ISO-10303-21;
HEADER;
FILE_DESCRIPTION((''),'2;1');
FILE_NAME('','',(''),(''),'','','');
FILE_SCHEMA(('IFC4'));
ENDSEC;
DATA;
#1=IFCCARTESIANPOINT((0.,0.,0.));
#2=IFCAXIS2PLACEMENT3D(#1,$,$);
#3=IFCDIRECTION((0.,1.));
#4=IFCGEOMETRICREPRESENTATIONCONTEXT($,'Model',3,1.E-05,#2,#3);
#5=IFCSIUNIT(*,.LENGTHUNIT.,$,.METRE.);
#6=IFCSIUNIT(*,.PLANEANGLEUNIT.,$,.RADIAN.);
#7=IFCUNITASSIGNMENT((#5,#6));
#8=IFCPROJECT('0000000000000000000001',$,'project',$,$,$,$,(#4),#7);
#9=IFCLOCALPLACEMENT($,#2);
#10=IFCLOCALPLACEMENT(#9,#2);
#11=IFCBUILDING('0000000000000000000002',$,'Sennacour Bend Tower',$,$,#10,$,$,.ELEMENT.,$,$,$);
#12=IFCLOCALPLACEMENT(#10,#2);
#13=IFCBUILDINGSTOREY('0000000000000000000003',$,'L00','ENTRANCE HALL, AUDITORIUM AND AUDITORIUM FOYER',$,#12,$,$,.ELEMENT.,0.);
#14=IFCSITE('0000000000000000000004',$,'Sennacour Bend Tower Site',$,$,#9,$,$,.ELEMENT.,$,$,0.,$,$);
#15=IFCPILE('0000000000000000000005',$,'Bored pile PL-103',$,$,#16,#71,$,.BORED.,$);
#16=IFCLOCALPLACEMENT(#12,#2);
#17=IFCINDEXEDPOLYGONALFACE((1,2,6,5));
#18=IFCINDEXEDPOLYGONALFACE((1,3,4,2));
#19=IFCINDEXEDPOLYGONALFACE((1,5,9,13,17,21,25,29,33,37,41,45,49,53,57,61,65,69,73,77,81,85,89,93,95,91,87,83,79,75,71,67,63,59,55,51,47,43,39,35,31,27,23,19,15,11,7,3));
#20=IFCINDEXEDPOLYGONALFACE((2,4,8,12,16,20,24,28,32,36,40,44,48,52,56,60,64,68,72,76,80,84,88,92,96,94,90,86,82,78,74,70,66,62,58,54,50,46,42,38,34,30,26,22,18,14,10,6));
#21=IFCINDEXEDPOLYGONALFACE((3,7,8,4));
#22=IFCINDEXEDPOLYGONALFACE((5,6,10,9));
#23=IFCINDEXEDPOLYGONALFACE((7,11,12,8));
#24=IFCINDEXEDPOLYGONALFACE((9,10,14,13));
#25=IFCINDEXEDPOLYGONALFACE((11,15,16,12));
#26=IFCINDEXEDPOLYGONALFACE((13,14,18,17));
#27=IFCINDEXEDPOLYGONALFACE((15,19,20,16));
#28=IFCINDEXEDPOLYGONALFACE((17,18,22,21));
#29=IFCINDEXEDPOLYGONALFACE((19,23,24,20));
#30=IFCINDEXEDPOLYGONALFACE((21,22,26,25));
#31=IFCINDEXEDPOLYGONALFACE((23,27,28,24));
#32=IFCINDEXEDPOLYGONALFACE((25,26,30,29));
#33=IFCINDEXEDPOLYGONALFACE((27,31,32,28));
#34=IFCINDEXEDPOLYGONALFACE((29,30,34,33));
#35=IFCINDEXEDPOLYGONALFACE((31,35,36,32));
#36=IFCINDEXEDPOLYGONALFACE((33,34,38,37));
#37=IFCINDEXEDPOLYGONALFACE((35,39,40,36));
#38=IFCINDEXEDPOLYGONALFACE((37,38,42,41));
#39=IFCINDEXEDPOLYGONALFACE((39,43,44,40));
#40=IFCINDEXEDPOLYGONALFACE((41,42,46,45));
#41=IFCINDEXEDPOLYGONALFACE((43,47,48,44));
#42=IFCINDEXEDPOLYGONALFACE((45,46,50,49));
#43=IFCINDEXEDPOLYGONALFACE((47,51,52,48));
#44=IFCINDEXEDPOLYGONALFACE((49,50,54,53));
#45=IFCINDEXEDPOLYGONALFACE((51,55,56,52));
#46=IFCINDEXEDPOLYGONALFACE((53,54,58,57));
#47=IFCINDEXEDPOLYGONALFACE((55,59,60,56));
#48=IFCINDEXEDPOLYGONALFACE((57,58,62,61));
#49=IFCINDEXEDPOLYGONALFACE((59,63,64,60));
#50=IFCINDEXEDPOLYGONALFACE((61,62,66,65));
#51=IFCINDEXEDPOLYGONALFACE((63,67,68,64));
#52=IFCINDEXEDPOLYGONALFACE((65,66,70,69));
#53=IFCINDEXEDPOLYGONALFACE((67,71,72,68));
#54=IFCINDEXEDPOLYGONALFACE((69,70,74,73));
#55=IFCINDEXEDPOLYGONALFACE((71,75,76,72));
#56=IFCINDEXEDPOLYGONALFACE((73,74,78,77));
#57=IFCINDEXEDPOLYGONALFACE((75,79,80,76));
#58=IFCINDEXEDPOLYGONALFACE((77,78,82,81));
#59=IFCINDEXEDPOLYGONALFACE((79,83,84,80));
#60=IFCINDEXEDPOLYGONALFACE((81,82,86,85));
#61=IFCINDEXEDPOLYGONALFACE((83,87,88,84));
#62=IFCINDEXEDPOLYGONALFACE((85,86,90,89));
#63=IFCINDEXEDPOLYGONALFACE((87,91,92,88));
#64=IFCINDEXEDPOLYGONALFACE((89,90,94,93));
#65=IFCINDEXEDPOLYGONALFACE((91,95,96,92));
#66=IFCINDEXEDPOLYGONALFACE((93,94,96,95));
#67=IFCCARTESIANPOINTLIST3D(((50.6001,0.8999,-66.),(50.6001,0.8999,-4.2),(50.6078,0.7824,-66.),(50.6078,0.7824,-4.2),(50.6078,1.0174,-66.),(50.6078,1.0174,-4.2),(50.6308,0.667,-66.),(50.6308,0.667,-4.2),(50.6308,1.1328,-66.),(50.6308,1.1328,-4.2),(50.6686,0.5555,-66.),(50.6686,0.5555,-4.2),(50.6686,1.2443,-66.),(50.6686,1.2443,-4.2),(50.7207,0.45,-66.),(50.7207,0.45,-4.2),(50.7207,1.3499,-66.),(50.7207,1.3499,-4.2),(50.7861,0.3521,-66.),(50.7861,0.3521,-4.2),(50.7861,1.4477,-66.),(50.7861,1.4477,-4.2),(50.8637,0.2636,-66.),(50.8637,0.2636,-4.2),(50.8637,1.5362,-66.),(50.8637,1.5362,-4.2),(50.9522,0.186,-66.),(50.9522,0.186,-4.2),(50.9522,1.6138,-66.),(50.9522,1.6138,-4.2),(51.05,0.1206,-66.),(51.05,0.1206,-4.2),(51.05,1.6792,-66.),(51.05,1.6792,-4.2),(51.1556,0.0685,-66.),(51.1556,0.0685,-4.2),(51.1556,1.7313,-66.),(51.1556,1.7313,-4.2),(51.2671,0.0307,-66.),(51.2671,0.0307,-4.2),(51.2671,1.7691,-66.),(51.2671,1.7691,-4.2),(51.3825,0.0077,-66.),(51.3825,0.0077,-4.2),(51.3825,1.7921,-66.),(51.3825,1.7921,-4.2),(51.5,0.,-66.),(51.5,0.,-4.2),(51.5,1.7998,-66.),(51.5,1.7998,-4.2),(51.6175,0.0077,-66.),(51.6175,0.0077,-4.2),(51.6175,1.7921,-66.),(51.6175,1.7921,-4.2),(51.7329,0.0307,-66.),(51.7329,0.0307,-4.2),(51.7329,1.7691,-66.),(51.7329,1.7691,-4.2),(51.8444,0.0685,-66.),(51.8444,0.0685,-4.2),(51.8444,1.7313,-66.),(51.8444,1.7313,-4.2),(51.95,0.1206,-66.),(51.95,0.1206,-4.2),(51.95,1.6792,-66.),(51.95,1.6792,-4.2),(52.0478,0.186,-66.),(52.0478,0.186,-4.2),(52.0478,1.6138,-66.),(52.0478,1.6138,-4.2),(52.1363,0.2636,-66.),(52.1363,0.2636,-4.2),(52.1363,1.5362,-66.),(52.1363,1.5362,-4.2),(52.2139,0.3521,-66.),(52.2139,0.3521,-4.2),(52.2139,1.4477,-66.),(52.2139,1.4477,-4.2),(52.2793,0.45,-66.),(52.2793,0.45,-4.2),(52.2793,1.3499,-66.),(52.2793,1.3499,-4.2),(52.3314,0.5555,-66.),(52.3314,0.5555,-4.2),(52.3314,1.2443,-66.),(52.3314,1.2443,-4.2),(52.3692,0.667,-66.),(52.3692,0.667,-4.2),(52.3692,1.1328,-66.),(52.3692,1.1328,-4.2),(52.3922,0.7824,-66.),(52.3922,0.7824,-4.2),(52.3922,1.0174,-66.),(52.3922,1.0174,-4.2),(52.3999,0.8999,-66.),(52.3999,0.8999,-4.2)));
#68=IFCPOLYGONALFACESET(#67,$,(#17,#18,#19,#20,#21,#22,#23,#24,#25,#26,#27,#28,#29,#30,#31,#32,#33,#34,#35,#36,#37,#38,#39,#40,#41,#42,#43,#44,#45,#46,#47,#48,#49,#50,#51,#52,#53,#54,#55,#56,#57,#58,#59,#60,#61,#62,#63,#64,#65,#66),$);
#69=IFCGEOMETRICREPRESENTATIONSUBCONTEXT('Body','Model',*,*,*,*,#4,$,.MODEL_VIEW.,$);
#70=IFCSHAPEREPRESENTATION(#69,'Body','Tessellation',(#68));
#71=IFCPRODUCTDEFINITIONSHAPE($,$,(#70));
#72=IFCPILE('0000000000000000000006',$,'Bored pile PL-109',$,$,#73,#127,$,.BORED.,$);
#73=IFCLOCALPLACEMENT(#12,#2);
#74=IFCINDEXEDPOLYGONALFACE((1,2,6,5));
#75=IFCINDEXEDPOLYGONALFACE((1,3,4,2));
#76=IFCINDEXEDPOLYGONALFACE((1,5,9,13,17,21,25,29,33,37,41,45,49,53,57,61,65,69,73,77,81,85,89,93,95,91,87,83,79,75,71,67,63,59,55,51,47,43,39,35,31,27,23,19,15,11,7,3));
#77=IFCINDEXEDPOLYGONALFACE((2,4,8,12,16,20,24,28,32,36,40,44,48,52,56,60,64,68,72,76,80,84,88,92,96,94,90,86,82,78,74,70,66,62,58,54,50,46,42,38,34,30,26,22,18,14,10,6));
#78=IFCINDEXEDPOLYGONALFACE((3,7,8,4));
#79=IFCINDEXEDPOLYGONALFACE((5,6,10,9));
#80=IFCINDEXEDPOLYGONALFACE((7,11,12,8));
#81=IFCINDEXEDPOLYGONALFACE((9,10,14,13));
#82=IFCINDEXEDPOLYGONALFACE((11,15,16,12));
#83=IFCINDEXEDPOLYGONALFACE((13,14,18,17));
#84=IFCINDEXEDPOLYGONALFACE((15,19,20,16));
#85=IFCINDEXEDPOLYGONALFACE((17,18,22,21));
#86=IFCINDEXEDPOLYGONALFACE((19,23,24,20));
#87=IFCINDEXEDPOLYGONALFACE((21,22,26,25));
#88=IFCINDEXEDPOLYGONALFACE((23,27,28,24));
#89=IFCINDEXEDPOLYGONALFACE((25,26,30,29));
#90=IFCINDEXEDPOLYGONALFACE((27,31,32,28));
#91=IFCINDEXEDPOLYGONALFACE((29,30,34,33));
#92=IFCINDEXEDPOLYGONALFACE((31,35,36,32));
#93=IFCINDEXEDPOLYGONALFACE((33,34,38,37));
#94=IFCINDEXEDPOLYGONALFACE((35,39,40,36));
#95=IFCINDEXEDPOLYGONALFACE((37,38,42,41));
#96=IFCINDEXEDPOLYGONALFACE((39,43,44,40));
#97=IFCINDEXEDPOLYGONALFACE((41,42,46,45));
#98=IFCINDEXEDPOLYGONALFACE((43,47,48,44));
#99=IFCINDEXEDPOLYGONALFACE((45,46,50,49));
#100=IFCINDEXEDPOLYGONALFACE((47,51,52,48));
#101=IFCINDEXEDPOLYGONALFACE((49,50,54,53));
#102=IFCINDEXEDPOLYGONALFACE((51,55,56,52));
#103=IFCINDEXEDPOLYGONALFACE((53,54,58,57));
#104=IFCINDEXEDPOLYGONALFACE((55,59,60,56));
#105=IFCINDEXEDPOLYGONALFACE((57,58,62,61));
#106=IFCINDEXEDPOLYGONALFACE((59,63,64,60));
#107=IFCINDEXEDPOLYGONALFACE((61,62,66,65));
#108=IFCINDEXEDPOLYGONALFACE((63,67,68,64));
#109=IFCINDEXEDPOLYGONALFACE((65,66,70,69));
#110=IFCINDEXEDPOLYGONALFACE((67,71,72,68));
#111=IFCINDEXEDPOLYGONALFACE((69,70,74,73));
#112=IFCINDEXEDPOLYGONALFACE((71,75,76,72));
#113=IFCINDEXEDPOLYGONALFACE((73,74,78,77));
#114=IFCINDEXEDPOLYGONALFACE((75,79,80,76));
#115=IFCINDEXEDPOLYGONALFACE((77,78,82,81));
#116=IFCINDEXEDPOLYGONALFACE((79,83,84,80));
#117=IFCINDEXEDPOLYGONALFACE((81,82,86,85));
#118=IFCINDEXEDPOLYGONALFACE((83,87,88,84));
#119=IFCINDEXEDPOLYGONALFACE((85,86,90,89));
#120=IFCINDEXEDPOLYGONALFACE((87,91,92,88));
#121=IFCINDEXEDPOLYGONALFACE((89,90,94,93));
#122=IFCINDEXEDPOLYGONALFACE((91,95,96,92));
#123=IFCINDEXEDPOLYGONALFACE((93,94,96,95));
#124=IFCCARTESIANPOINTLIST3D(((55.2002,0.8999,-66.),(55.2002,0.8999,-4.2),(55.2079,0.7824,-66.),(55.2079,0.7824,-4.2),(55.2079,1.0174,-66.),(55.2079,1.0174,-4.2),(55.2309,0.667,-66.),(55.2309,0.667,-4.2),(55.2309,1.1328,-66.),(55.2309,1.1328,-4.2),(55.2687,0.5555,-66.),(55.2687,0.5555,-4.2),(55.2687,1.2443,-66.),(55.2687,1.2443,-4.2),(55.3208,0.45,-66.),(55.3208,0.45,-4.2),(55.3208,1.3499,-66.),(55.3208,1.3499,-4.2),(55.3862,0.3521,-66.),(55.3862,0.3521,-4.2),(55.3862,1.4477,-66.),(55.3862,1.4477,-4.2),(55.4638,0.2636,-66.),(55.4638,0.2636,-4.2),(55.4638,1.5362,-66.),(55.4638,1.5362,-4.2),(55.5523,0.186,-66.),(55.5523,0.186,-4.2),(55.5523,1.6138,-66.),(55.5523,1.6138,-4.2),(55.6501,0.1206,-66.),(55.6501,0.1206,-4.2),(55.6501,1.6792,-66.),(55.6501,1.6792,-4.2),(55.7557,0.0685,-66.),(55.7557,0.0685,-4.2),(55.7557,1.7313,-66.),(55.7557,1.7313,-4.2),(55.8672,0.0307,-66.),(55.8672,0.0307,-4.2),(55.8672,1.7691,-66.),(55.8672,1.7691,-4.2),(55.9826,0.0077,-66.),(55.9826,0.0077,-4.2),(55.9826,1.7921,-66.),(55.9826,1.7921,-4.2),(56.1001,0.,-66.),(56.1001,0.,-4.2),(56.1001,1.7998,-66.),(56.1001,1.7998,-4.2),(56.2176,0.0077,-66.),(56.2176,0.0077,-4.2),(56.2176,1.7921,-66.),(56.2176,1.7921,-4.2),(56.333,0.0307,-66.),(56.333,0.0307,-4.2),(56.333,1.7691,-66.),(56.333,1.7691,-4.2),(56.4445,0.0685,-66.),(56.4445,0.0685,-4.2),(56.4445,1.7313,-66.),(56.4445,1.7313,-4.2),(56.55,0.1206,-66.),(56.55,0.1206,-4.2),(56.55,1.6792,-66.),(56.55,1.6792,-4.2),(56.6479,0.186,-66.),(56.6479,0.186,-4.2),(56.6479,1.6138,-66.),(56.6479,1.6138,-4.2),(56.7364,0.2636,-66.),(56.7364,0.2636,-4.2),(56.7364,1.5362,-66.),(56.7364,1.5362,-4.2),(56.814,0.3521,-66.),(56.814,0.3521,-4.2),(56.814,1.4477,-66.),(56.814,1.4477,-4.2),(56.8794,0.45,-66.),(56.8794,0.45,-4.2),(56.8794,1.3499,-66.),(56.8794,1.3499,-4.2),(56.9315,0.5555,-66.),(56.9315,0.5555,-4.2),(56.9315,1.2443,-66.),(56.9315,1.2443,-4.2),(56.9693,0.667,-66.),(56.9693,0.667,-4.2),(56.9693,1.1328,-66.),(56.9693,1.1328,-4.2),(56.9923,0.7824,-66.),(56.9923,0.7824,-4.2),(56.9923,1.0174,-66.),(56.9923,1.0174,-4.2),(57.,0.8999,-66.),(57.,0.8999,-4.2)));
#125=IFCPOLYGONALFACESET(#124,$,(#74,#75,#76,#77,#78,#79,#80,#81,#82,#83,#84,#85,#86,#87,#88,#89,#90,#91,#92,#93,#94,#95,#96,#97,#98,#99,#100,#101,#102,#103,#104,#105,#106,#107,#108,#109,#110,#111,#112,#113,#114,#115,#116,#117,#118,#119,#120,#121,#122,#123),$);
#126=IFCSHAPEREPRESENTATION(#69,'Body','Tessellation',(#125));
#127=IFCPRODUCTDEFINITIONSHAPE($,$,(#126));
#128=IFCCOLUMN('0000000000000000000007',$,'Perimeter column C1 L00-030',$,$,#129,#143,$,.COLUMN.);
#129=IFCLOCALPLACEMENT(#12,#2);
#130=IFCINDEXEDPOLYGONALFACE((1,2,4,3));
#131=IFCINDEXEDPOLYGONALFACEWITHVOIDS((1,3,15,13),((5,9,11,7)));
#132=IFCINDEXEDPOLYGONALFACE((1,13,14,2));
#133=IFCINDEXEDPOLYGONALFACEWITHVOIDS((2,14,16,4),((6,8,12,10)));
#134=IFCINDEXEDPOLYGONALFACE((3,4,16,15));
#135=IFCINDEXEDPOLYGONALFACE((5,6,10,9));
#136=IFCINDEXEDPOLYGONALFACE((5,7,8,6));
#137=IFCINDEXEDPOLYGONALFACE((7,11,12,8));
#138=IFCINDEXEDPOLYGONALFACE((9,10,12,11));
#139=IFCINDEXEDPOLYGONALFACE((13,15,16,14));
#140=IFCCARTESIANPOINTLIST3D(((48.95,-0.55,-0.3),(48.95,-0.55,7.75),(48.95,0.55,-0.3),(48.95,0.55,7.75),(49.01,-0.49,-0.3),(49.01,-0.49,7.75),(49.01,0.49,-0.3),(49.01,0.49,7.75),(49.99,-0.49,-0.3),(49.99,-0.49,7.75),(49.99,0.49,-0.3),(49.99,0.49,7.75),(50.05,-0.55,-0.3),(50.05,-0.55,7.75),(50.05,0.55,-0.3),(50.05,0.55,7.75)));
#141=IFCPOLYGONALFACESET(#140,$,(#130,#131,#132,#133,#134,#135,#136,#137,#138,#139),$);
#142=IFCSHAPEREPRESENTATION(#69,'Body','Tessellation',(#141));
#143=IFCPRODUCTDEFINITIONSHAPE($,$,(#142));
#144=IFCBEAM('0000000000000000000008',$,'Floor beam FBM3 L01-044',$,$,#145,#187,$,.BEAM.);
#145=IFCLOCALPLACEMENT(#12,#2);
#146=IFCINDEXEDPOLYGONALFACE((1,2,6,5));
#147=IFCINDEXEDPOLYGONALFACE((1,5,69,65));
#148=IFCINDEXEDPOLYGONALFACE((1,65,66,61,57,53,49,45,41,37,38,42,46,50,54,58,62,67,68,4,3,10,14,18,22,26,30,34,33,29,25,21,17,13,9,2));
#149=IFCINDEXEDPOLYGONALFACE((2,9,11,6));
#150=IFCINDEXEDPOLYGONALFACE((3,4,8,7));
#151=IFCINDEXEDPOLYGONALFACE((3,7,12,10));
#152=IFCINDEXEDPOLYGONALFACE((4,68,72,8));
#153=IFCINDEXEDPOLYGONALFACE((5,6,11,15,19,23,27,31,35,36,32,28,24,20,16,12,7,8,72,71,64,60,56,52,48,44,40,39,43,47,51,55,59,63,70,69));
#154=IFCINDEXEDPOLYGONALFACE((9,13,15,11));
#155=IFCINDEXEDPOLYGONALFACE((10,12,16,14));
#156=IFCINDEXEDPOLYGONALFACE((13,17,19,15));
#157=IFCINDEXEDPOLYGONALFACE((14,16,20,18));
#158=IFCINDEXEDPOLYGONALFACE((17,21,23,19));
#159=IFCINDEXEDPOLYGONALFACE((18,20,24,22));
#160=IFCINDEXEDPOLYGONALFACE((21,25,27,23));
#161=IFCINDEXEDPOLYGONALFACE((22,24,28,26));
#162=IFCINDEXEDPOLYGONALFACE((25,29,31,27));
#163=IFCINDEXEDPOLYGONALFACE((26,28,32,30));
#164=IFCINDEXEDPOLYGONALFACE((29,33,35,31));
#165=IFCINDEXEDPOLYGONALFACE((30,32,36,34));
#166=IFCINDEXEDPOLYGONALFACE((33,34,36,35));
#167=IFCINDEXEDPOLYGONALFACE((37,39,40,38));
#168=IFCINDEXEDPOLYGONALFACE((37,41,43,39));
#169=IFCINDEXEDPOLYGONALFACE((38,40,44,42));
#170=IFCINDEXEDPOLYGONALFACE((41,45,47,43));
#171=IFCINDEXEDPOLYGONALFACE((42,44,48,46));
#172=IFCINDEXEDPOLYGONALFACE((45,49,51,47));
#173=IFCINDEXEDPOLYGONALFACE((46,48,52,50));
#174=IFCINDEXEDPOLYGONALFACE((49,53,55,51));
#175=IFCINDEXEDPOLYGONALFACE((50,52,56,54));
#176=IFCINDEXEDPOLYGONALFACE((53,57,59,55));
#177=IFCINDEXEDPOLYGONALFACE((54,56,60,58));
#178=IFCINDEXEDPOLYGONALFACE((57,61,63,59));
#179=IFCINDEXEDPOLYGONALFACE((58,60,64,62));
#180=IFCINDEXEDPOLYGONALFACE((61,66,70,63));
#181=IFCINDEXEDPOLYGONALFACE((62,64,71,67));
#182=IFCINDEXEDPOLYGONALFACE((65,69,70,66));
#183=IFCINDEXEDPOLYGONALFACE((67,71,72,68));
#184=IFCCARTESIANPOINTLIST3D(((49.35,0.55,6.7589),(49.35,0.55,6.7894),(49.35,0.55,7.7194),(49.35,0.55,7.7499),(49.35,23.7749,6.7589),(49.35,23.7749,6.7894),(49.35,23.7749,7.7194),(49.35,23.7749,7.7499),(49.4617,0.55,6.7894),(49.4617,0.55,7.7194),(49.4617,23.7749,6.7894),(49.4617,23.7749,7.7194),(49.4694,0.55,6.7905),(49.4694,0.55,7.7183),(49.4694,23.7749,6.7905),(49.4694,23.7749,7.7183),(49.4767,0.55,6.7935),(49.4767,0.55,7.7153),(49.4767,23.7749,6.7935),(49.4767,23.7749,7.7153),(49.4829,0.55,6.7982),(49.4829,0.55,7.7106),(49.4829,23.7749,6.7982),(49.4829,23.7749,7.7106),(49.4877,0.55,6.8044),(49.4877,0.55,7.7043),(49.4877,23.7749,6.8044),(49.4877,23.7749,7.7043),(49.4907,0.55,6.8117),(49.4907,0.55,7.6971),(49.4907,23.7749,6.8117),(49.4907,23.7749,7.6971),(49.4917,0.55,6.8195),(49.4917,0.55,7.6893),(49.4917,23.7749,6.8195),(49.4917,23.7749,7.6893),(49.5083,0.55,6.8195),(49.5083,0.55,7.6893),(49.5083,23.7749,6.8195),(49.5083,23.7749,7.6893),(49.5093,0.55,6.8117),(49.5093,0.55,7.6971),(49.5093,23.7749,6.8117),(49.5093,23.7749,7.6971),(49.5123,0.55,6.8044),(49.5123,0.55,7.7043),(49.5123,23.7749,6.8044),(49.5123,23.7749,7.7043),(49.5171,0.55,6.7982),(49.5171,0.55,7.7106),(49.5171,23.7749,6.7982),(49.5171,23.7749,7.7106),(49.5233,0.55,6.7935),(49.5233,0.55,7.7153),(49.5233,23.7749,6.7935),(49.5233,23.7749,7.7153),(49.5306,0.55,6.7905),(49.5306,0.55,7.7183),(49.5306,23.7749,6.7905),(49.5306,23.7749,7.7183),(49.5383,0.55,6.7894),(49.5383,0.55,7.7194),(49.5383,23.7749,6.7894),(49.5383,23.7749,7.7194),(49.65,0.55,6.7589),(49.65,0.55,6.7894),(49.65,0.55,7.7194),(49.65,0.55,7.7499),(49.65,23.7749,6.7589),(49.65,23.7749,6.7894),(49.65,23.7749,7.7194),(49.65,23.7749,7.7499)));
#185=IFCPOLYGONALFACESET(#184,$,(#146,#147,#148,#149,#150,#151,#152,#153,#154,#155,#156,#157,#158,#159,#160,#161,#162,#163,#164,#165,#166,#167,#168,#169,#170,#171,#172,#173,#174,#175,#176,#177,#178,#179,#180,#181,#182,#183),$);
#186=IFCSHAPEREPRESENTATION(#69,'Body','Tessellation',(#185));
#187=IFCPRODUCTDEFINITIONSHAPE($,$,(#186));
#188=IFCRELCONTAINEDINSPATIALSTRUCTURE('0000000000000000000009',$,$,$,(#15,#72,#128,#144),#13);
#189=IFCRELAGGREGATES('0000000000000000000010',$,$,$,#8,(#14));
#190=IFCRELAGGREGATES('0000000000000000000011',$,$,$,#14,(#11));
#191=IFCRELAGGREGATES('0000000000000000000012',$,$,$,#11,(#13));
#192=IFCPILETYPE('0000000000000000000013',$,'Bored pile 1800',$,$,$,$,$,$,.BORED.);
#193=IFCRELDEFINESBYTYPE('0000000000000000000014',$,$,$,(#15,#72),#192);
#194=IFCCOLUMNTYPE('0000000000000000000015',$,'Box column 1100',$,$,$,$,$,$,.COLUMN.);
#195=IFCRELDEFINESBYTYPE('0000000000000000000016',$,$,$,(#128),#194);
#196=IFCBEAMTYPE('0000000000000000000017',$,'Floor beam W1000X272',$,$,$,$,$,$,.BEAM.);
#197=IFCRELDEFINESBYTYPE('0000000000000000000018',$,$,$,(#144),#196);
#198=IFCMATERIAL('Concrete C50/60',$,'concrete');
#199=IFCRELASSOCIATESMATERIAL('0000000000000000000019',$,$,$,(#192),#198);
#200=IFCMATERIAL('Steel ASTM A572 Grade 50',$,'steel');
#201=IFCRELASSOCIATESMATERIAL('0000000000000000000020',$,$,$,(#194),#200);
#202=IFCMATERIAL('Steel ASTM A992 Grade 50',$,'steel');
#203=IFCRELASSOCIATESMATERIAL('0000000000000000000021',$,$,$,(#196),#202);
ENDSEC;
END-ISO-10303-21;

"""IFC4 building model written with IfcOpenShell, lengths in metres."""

from ifc_helpers import new_model, si_unit, direction, frame, origin, origin_2d, place, context, subcontext, project, spatial, hollow_rectangle, circle, i_section, extrude, material, material_profile, profile_set, type_object, element, save


model = new_model("IFC4")

# Units and contexts
model_context = context("Model", 3, precision=1e-05, world=origin(), true_north=direction((0.0, 1.0)))
body_context = subcontext(model_context, "Body", "Model", "MODEL_VIEW")
ifc_project = project(units=[si_unit("LENGTHUNIT", "METRE"), si_unit("PLANEANGLEUNIT", "RADIAN")], contexts=[model_context])

# Site, building, storey
site_placement = place(None, origin())
site = spatial("IfcSite", under=ifc_project, at=site_placement, Name="Sennacour Bend Tower Site", CompositionType="ELEMENT", RefElevation=0.0)
building_placement = place(site_placement, origin())
building = spatial("IfcBuilding", under=site, at=building_placement, Name="Sennacour Bend Tower", CompositionType="ELEMENT")
storey_placement = place(building_placement, origin())
storey = spatial("IfcBuildingStorey", under=building, at=storey_placement, Name="L00", Description="ENTRANCE HALL, AUDITORIUM AND AUDITORIUM FOYER", CompositionType="ELEMENT", Elevation=0.0)

# Piles
ifc_material_1 = material(Name="Concrete C50/60", Category="concrete")
ifc_material_profile_1 = material_profile(ifc_material_1, circle(Radius=0.8999, at=origin_2d()), Name="Concrete C50/60", Category="concrete")
ifc_profile_set_1 = profile_set([ifc_material_profile_1], Name="Concrete C50/60")
pile_type = type_object("IfcPileType", Name="Bored pile 1800", PredefinedType="BORED", material=ifc_profile_set_1)
for number, where, z_axis, x_axis, name in (
    (1, (51.5, 0.8999, -4.2), (0.0, 0.0, -1.0), (1.0, 0.0, 0.0), "Bored pile PL-103"),
    (2, (56.1001, 0.8999, -4.2), (0.0, 0.0, -1.0), (1.0, 0.0, 0.0), "Bored pile PL-109"),
):
    element("IfcPile", number, at=place(storey_placement, frame(where, z_axis=z_axis, x_axis=x_axis)), inside=storey, type_object=pile_type, Name=name, PredefinedType="BORED", context=body_context, shape_type="SweptSolid", body=[
        extrude(circle(Radius=0.8999, at=origin_2d()), origin(), (0.0, 0.0, 1.0), 61.8),
    ])

# Column
ifc_material_2 = material(Name="Steel ASTM A572 Grade 50", Category="steel")
ifc_material_profile_2 = material_profile(ifc_material_2, hollow_rectangle(XDim=1.1001, YDim=1.1001, WallThickness=0.0601, at=origin_2d()), Name="Steel ASTM A572 Grade 50", Category="steel")
ifc_profile_set_2 = profile_set([ifc_material_profile_2], Name="Steel ASTM A572 Grade 50")
column_type = type_object("IfcColumnType", Name="Box column 1100", PredefinedType="COLUMN", material=ifc_profile_set_2)
column_placement = place(storey_placement, frame((49.5, 0.0, -0.3), z_axis=(0.0, 0.0, 1.0), x_axis=(1.0, 0.0, 0.0)))
element("IfcColumn", 3, at=column_placement, inside=storey, type_object=column_type, Name="Perimeter column C1 L00-030", PredefinedType="COLUMN", context=body_context, shape_type="SweptSolid", body=[
    extrude(hollow_rectangle(XDim=1.1001, YDim=1.1001, WallThickness=0.0601, at=origin_2d()), origin(), (0.0, 0.0, 1.0), 8.05),
])

# Beam
ifc_material_3 = material(Name="Steel ASTM A992 Grade 50", Category="steel")
ifc_material_profile_3 = material_profile(ifc_material_3, i_section(OverallWidth=0.3, OverallDepth=0.991, WebThickness=0.0166, FlangeThickness=0.0305, FilletRadius=0.03, at=origin_2d()), Name="Steel ASTM A992 Grade 50", Category="steel")
ifc_profile_set_3 = profile_set([ifc_material_profile_3], Name="Steel ASTM A992 Grade 50")
beam_type_1 = type_object("IfcBeamType", Name="Floor beam W1000X272", PredefinedType="BEAM", material=ifc_profile_set_3)
beam_1_placement = place(storey_placement, frame((49.5, 0.55, 7.2544), z_axis=(0.0, 1.0, 0.0), x_axis=(-1.0, 0.0, 0.0)))
element("IfcBeam", 4, at=beam_1_placement, inside=storey, type_object=beam_type_1, Name="Floor beam FBM3 L01-044", PredefinedType="BEAM", context=body_context, shape_type="SweptSolid", body=[
    extrude(i_section(OverallWidth=0.3, OverallDepth=0.991, WebThickness=0.0166, FlangeThickness=0.0305, FilletRadius=0.03, at=origin_2d()), origin(), (0.0, 0.0, 1.0), 23.2249),
])

save(model, "model.ifc")
